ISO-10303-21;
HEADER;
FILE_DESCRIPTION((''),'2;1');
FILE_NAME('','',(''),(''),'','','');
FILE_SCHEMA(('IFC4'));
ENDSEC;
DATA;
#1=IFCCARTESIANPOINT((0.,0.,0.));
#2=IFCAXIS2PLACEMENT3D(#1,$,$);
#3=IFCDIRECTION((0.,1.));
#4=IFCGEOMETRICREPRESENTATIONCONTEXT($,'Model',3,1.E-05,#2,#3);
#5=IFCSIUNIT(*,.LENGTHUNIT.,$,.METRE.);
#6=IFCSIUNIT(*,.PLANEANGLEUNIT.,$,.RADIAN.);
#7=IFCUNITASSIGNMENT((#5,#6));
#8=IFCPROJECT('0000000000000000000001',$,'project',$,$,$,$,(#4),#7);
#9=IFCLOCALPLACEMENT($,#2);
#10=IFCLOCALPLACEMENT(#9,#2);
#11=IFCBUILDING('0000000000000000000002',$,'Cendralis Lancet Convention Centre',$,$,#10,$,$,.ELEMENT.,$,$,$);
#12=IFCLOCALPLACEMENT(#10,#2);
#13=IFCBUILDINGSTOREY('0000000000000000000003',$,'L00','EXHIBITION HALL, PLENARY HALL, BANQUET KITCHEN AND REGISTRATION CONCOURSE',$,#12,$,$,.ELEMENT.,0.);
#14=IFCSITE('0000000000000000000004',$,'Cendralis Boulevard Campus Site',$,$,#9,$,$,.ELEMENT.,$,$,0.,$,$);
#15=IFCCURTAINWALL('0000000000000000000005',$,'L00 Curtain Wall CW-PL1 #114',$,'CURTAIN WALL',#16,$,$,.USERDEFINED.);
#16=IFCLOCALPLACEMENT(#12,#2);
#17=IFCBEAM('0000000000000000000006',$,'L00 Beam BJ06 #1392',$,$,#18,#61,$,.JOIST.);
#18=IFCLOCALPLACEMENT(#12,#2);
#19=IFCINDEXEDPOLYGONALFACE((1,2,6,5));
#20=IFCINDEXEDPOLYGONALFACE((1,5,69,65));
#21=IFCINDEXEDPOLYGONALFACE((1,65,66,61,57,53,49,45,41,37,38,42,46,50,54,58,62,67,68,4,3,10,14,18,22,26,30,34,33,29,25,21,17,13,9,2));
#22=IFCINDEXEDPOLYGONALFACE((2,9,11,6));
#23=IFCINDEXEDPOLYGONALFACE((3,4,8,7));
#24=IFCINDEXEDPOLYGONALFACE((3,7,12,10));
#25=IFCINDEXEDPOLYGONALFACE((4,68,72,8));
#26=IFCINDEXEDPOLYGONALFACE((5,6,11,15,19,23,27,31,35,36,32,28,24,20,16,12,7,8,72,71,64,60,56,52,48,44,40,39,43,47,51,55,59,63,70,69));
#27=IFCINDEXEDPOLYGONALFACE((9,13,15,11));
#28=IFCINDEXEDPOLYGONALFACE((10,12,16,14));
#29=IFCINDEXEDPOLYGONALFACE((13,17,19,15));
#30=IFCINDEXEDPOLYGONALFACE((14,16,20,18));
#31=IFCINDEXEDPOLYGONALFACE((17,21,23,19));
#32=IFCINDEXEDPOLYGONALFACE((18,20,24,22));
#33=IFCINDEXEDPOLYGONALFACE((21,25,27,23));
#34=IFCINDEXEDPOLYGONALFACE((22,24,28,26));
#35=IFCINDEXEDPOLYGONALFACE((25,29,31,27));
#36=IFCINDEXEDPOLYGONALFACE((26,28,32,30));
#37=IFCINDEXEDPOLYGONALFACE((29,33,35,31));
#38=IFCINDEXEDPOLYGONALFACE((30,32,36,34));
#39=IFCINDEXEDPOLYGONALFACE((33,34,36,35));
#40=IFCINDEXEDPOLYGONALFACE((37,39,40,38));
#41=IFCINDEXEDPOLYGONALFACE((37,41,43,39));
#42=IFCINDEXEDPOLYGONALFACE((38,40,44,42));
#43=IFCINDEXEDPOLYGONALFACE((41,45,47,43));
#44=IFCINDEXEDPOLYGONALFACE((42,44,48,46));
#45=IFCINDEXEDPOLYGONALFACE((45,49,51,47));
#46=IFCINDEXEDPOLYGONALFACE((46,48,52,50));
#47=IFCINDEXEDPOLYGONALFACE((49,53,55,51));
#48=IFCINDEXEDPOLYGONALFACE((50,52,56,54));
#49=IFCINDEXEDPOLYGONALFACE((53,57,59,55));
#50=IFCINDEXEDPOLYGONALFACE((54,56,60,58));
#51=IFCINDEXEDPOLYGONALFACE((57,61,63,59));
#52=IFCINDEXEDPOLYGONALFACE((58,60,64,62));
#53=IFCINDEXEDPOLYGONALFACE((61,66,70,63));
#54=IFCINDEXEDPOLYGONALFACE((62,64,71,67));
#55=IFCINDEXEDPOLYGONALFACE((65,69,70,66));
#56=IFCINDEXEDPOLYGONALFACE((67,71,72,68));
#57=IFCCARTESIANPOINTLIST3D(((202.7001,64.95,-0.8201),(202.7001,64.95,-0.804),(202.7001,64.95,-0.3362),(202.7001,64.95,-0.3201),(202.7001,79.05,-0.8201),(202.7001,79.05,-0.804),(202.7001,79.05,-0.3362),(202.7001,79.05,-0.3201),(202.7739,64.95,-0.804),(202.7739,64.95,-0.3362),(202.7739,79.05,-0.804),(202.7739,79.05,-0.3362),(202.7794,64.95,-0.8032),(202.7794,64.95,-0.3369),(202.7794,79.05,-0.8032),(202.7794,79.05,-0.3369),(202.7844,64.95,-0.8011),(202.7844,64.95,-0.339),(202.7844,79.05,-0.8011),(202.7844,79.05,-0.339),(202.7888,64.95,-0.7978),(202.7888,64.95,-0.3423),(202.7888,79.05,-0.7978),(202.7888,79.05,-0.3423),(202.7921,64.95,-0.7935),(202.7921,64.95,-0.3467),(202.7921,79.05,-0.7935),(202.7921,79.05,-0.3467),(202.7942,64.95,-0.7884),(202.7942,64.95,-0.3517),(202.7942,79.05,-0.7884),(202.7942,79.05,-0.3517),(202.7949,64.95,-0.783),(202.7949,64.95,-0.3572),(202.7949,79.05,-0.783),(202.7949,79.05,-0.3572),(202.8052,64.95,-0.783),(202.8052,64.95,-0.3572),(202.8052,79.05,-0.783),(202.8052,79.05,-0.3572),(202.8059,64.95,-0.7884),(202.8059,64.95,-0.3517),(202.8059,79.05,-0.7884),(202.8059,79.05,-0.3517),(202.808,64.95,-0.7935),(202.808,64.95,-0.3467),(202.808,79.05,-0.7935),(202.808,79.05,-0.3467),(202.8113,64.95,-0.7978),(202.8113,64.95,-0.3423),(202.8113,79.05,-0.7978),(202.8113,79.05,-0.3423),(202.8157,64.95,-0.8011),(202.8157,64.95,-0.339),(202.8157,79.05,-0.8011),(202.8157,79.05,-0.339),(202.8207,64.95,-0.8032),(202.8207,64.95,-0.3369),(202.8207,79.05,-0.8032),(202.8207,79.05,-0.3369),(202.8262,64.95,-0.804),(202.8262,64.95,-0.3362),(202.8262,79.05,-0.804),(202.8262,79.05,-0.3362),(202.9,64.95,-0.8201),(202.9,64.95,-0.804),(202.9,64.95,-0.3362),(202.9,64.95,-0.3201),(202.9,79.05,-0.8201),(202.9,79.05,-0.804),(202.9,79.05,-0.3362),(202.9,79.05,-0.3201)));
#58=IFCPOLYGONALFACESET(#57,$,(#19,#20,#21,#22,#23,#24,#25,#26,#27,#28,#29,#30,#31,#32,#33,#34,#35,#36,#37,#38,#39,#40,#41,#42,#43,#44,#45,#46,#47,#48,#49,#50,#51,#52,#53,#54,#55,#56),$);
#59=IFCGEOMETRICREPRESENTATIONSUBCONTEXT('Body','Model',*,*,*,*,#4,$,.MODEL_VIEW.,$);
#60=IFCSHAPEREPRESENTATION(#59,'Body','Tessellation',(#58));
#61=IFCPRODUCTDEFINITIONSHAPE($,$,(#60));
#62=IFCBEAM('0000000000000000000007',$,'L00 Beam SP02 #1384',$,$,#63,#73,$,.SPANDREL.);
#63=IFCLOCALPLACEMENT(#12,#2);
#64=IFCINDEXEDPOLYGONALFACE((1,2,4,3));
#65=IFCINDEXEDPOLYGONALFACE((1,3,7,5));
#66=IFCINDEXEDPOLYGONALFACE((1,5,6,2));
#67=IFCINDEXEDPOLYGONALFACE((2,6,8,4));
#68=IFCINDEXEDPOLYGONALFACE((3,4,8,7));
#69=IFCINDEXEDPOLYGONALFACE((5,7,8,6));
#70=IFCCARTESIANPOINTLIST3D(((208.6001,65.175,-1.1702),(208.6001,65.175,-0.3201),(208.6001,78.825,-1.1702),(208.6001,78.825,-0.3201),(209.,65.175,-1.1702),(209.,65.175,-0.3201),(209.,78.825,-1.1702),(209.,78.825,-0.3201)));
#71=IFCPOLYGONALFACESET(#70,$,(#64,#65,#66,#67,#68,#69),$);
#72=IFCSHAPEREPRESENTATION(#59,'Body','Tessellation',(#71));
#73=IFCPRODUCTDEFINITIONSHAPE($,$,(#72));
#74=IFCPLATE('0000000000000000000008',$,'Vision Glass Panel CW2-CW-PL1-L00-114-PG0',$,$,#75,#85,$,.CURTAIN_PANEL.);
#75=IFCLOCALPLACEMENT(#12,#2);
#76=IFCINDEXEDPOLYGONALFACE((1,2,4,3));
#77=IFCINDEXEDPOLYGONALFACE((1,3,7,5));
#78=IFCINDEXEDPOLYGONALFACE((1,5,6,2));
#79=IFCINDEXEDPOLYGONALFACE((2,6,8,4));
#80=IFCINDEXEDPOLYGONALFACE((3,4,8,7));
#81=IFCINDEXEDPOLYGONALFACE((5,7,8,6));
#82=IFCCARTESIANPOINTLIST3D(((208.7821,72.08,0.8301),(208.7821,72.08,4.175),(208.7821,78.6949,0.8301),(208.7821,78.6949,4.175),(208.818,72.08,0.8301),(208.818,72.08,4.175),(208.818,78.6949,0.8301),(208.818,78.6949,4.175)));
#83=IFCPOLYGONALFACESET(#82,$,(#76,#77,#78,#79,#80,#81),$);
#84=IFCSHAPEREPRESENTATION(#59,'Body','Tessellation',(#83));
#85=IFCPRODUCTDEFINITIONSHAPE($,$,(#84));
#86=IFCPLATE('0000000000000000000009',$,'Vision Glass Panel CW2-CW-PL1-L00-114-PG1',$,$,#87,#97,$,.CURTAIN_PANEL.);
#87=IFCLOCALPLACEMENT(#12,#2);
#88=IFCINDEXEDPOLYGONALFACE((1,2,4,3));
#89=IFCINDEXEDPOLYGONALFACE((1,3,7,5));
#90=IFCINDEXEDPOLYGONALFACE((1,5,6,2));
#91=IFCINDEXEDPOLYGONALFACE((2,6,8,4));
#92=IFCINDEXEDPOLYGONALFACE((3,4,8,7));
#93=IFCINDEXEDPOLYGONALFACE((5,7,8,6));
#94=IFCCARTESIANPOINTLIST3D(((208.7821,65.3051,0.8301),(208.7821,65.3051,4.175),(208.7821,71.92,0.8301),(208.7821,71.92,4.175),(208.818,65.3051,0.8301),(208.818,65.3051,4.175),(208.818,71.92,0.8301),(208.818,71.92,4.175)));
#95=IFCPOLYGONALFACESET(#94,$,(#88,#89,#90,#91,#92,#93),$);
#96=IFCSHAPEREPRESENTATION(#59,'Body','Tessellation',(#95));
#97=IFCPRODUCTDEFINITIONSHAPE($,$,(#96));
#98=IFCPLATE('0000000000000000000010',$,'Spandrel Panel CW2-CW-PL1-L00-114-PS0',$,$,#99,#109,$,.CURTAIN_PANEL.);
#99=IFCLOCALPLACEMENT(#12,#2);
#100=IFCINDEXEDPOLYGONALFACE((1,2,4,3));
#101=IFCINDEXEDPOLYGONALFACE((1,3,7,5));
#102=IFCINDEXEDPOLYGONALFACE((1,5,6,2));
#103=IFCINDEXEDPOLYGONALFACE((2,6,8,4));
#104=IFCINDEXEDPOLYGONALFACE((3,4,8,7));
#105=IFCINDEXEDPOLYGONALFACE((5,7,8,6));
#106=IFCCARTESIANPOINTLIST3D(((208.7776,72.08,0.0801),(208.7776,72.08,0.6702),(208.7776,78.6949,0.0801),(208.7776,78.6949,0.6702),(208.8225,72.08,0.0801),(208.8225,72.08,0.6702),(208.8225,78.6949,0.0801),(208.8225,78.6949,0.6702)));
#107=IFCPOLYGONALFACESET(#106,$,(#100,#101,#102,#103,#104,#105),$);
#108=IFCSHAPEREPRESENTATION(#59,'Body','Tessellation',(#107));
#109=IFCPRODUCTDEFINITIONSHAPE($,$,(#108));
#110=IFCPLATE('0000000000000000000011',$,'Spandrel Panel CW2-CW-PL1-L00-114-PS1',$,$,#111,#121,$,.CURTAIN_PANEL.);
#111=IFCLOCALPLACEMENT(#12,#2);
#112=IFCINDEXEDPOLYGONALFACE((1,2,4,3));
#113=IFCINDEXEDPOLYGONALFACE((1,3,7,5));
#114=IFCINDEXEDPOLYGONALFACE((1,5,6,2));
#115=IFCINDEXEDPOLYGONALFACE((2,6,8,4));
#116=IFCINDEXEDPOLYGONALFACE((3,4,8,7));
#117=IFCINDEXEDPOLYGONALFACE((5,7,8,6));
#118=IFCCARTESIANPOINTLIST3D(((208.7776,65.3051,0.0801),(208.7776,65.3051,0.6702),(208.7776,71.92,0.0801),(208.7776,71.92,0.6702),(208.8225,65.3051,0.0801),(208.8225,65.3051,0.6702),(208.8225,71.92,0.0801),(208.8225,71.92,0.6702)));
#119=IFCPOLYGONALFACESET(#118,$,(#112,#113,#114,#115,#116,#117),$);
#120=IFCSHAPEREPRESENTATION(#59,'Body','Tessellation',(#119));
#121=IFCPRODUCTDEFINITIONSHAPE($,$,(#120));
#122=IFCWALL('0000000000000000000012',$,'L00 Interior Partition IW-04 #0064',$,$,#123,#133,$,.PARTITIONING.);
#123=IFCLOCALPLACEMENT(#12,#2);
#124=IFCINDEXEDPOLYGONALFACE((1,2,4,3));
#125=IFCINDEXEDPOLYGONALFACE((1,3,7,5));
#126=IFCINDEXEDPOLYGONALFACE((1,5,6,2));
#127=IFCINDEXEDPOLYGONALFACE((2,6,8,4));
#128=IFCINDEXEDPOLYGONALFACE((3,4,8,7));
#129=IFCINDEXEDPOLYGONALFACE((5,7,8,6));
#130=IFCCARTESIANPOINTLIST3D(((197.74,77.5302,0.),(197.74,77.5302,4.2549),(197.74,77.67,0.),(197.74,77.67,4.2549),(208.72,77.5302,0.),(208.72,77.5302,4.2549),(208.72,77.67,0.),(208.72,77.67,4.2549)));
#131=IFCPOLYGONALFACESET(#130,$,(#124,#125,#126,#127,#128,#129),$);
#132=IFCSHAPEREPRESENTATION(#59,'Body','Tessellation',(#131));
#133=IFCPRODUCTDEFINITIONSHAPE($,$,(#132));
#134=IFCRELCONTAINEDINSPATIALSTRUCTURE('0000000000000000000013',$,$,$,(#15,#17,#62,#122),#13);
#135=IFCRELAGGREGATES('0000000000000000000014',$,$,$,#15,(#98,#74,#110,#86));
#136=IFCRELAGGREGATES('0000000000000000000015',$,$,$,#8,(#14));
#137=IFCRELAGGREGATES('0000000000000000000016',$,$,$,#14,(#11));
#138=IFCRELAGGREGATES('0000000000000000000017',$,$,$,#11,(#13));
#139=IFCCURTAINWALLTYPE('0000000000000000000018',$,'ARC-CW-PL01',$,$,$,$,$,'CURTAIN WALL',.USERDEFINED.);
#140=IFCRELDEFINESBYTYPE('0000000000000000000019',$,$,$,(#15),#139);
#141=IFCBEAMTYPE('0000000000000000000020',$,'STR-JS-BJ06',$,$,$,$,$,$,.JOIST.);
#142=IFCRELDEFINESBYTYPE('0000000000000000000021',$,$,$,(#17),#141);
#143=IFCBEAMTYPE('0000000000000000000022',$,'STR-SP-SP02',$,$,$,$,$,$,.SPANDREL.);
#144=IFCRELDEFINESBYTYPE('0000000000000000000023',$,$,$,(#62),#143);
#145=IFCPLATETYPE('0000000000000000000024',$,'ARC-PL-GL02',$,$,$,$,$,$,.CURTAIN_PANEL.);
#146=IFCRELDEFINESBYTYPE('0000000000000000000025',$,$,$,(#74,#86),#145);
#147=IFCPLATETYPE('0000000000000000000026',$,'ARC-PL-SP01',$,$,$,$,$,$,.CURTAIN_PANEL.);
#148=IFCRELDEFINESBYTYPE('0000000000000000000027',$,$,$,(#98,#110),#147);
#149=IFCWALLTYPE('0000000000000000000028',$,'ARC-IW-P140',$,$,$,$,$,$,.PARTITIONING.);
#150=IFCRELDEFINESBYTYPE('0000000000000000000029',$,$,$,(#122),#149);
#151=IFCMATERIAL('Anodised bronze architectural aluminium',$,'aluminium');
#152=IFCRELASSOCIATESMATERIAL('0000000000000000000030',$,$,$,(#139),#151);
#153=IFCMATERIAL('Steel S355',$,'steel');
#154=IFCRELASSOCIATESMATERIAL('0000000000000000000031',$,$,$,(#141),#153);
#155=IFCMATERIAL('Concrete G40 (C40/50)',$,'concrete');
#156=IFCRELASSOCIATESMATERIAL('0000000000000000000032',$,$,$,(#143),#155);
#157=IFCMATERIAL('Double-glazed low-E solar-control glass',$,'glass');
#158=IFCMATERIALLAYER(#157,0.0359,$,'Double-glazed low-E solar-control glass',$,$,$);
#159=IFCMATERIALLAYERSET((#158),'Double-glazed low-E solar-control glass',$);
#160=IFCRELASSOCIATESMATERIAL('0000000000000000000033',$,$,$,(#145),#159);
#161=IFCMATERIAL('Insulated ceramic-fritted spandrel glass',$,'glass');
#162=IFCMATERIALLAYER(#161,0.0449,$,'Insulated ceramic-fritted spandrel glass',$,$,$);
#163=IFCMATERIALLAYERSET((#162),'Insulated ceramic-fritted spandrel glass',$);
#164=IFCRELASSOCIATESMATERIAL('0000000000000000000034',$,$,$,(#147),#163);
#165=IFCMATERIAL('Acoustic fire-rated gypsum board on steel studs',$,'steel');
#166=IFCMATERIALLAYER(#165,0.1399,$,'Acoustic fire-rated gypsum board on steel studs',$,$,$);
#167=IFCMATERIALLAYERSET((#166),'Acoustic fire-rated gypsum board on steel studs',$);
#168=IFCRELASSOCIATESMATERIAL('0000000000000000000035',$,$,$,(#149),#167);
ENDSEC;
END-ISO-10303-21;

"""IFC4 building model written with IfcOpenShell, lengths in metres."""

from ifc_helpers import new_model, si_unit, direction, frame, frame_2d, origin, origin_2d, place, context, subcontext, project, spatial, rectangle, i_section, extrude, material, layer, layer_set, material_profile, profile_set, type_object, element, aggregate, save


model = new_model("IFC4")

# Units and contexts
model_context = context("Model", 3, precision=1e-05, world=origin(), true_north=direction((0.0, 1.0)))
body_context = subcontext(model_context, "Body", "Model", "MODEL_VIEW")
ifc_project = project(units=[si_unit("LENGTHUNIT", "METRE"), si_unit("PLANEANGLEUNIT", "RADIAN")], contexts=[model_context])

# Site, building, storey
site_placement = place(None, origin())
site = spatial("IfcSite", under=ifc_project, at=site_placement, Name="Cendralis Boulevard Campus Site", CompositionType="ELEMENT", RefElevation=0.0)
building_placement = place(site_placement, origin())
building = spatial("IfcBuilding", under=site, at=building_placement, Name="Cendralis Lancet Convention Centre", CompositionType="ELEMENT")
storey_placement = place(building_placement, origin())
storey = spatial("IfcBuildingStorey", under=building, at=storey_placement, Name="L00", Description="EXHIBITION HALL, PLENARY HALL, BANQUET KITCHEN AND REGISTRATION CONCOURSE", CompositionType="ELEMENT", Elevation=0.0)

# Shared definitions
ifc_material_1 = material(Name="Concrete G40 (C40/50)", Category="concrete")

# Shared definitions
ifc_material_2 = material(Name="Anodised bronze architectural aluminium", Category="aluminium")
curtain_wall_type = type_object("IfcCurtainWallType", Name="ARC-CW-PL01", ElementType="CURTAIN WALL", PredefinedType="USERDEFINED", material=ifc_material_2)

# Curtain wall
curtain_wall_1_placement = place(storey_placement, origin())
curtain_wall_1 = element("IfcCurtainWall", 1, at=curtain_wall_1_placement, inside=storey, type_object=curtain_wall_type, Name="L00 Curtain Wall CW-PL1 #114", ObjectType="CURTAIN WALL", PredefinedType="USERDEFINED")

# Beams
ifc_material_3 = material(Name="Steel S355", Category="steel")
ifc_material_profile_1 = material_profile(ifc_material_3, i_section(OverallWidth=0.2, OverallDepth=0.5, WebThickness=0.0103, FlangeThickness=0.0161, FilletRadius=0.021, at=origin_2d()), Name="IPE 500")
ifc_profile_set_1 = profile_set([ifc_material_profile_1], Name="Steel S355")
beam_type_1 = type_object("IfcBeamType", Name="STR-JS-BJ06", PredefinedType="JOIST", material=ifc_profile_set_1)
beam_1_placement = place(storey_placement, frame((202.8, 64.95, -0.5701), z_axis=(0.0, 1.0, 0.0), x_axis=(-1.0, 0.0, 0.0)))
element("IfcBeam", 2, at=beam_1_placement, inside=storey, type_object=beam_type_1, Name="L00 Beam BJ06 #1392", PredefinedType="JOIST", context=body_context, shape_type="SweptSolid", body=[
    extrude(i_section(OverallWidth=0.2, OverallDepth=0.5, WebThickness=0.0103, FlangeThickness=0.0161, FilletRadius=0.021, at=origin_2d()), origin(), (0.0, 0.0, 1.0), 14.1001),
])
ifc_material_profile_2 = material_profile(ifc_material_1, rectangle(XDim=0.3999, YDim=0.8501, at=origin_2d()), Name="RCB 400x850")
ifc_profile_set_2 = profile_set([ifc_material_profile_2], Name="Concrete G40 (C40/50)")
beam_type_2 = type_object("IfcBeamType", Name="STR-SP-SP02", PredefinedType="SPANDREL", material=ifc_profile_set_2)
beam_2_placement = place(storey_placement, frame((208.8, 65.175, -0.7451), z_axis=(0.0, 1.0, 0.0), x_axis=(-1.0, 0.0, 0.0)))
element("IfcBeam", 3, at=beam_2_placement, inside=storey, type_object=beam_type_2, Name="L00 Beam SP02 #1384", PredefinedType="SPANDREL", context=body_context, shape_type="SweptSolid", body=[
    extrude(rectangle(XDim=0.3999, YDim=0.8501, at=origin_2d()), origin(), (0.0, 0.0, 1.0), 13.6499),
])

# Plates
ifc_material_4 = material(Name="Double-glazed low-E solar-control glass", Category="glass")
ifc_layer_1 = layer(ifc_material_4, 0.0359, Name="Double-glazed low-E solar-control glass")
ifc_layer_set_1 = layer_set([ifc_layer_1], Name="Double-glazed low-E solar-control glass")
plate_type_1 = type_object("IfcPlateType", Name="ARC-PL-GL02", PredefinedType="CURTAIN_PANEL", material=ifc_layer_set_1)
plate_1_placement = place(storey_placement, frame((208.8, 75.3875, 0.8301), z_axis=(0.0, 0.0, 1.0), x_axis=(0.0, -1.0, 0.0)))
plate_1 = element("IfcPlate", 4, at=plate_1_placement, type_object=plate_type_1, Name="Vision Glass Panel CW2-CW-PL1-L00-114-PG0", PredefinedType="CURTAIN_PANEL", context=body_context, shape_type="SweptSolid", body=[
    extrude(rectangle(XDim=6.615, YDim=0.0359, at=origin_2d()), origin(), (0.0, 0.0, 1.0), 3.345),
])
plate_2_placement = place(storey_placement, frame((208.8, 68.6125, 0.8301), z_axis=(0.0, 0.0, 1.0), x_axis=(0.0, -1.0, 0.0)))
plate_2 = element("IfcPlate", 5, at=plate_2_placement, type_object=plate_type_1, Name="Vision Glass Panel CW2-CW-PL1-L00-114-PG1", PredefinedType="CURTAIN_PANEL", context=body_context, shape_type="SweptSolid", body=[
    extrude(rectangle(XDim=6.615, YDim=0.0359, at=origin_2d()), origin(), (0.0, 0.0, 1.0), 3.345),
])
ifc_material_5 = material(Name="Insulated ceramic-fritted spandrel glass", Category="glass")
ifc_layer_2 = layer(ifc_material_5, 0.0449, Name="Insulated ceramic-fritted spandrel glass")
ifc_layer_set_2 = layer_set([ifc_layer_2], Name="Insulated ceramic-fritted spandrel glass")
plate_type_2 = type_object("IfcPlateType", Name="ARC-PL-SP01", PredefinedType="CURTAIN_PANEL", material=ifc_layer_set_2)
plate_3_placement = place(storey_placement, frame((208.8, 75.3875, 0.0801), z_axis=(0.0, 0.0, 1.0), x_axis=(0.0, -1.0, 0.0)))
plate_3 = element("IfcPlate", 6, at=plate_3_placement, type_object=plate_type_2, Name="Spandrel Panel CW2-CW-PL1-L00-114-PS0", PredefinedType="CURTAIN_PANEL", context=body_context, shape_type="SweptSolid", body=[
    extrude(rectangle(XDim=6.615, YDim=0.0449, at=origin_2d()), origin(), (0.0, 0.0, 1.0), 0.5901),
])
plate_4_placement = place(storey_placement, frame((208.8, 68.6125, 0.0801), z_axis=(0.0, 0.0, 1.0), x_axis=(0.0, -1.0, 0.0)))
plate_4 = element("IfcPlate", 7, at=plate_4_placement, type_object=plate_type_2, Name="Spandrel Panel CW2-CW-PL1-L00-114-PS1", PredefinedType="CURTAIN_PANEL", context=body_context, shape_type="SweptSolid", body=[
    extrude(rectangle(XDim=6.615, YDim=0.0449, at=origin_2d()), origin(), (0.0, 0.0, 1.0), 0.5901),
])
aggregate(curtain_wall_1, [plate_3, plate_1, plate_4, plate_2])

# Wall
ifc_material_6 = material(Name="Acoustic fire-rated gypsum board on steel studs", Category="steel")
ifc_layer_3 = layer(ifc_material_6, 0.1399, Name="Acoustic fire-rated gypsum board on steel studs")
ifc_layer_set_3 = layer_set([ifc_layer_3], Name="Acoustic fire-rated gypsum board on steel studs")
wall_type = type_object("IfcWallType", Name="ARC-IW-P140", PredefinedType="PARTITIONING", material=ifc_layer_set_3)
wall_placement = place(storey_placement, frame((197.74, 77.6001, 0.0), z_axis=(0.0, 0.0, 1.0), x_axis=(1.0, 0.0, 0.0)))
element("IfcWall", 8, at=wall_placement, inside=storey, type_object=wall_type, Name="L00 Interior Partition IW-04 #0064", PredefinedType="PARTITIONING", context=body_context, shape_type="SweptSolid", body=[
    extrude(rectangle(XDim=10.98, YDim=0.1399, at=frame_2d((5.49, 0.0))), origin(), (0.0, 0.0, 1.0), 4.2549),
])

save(model, "model.ifc")
